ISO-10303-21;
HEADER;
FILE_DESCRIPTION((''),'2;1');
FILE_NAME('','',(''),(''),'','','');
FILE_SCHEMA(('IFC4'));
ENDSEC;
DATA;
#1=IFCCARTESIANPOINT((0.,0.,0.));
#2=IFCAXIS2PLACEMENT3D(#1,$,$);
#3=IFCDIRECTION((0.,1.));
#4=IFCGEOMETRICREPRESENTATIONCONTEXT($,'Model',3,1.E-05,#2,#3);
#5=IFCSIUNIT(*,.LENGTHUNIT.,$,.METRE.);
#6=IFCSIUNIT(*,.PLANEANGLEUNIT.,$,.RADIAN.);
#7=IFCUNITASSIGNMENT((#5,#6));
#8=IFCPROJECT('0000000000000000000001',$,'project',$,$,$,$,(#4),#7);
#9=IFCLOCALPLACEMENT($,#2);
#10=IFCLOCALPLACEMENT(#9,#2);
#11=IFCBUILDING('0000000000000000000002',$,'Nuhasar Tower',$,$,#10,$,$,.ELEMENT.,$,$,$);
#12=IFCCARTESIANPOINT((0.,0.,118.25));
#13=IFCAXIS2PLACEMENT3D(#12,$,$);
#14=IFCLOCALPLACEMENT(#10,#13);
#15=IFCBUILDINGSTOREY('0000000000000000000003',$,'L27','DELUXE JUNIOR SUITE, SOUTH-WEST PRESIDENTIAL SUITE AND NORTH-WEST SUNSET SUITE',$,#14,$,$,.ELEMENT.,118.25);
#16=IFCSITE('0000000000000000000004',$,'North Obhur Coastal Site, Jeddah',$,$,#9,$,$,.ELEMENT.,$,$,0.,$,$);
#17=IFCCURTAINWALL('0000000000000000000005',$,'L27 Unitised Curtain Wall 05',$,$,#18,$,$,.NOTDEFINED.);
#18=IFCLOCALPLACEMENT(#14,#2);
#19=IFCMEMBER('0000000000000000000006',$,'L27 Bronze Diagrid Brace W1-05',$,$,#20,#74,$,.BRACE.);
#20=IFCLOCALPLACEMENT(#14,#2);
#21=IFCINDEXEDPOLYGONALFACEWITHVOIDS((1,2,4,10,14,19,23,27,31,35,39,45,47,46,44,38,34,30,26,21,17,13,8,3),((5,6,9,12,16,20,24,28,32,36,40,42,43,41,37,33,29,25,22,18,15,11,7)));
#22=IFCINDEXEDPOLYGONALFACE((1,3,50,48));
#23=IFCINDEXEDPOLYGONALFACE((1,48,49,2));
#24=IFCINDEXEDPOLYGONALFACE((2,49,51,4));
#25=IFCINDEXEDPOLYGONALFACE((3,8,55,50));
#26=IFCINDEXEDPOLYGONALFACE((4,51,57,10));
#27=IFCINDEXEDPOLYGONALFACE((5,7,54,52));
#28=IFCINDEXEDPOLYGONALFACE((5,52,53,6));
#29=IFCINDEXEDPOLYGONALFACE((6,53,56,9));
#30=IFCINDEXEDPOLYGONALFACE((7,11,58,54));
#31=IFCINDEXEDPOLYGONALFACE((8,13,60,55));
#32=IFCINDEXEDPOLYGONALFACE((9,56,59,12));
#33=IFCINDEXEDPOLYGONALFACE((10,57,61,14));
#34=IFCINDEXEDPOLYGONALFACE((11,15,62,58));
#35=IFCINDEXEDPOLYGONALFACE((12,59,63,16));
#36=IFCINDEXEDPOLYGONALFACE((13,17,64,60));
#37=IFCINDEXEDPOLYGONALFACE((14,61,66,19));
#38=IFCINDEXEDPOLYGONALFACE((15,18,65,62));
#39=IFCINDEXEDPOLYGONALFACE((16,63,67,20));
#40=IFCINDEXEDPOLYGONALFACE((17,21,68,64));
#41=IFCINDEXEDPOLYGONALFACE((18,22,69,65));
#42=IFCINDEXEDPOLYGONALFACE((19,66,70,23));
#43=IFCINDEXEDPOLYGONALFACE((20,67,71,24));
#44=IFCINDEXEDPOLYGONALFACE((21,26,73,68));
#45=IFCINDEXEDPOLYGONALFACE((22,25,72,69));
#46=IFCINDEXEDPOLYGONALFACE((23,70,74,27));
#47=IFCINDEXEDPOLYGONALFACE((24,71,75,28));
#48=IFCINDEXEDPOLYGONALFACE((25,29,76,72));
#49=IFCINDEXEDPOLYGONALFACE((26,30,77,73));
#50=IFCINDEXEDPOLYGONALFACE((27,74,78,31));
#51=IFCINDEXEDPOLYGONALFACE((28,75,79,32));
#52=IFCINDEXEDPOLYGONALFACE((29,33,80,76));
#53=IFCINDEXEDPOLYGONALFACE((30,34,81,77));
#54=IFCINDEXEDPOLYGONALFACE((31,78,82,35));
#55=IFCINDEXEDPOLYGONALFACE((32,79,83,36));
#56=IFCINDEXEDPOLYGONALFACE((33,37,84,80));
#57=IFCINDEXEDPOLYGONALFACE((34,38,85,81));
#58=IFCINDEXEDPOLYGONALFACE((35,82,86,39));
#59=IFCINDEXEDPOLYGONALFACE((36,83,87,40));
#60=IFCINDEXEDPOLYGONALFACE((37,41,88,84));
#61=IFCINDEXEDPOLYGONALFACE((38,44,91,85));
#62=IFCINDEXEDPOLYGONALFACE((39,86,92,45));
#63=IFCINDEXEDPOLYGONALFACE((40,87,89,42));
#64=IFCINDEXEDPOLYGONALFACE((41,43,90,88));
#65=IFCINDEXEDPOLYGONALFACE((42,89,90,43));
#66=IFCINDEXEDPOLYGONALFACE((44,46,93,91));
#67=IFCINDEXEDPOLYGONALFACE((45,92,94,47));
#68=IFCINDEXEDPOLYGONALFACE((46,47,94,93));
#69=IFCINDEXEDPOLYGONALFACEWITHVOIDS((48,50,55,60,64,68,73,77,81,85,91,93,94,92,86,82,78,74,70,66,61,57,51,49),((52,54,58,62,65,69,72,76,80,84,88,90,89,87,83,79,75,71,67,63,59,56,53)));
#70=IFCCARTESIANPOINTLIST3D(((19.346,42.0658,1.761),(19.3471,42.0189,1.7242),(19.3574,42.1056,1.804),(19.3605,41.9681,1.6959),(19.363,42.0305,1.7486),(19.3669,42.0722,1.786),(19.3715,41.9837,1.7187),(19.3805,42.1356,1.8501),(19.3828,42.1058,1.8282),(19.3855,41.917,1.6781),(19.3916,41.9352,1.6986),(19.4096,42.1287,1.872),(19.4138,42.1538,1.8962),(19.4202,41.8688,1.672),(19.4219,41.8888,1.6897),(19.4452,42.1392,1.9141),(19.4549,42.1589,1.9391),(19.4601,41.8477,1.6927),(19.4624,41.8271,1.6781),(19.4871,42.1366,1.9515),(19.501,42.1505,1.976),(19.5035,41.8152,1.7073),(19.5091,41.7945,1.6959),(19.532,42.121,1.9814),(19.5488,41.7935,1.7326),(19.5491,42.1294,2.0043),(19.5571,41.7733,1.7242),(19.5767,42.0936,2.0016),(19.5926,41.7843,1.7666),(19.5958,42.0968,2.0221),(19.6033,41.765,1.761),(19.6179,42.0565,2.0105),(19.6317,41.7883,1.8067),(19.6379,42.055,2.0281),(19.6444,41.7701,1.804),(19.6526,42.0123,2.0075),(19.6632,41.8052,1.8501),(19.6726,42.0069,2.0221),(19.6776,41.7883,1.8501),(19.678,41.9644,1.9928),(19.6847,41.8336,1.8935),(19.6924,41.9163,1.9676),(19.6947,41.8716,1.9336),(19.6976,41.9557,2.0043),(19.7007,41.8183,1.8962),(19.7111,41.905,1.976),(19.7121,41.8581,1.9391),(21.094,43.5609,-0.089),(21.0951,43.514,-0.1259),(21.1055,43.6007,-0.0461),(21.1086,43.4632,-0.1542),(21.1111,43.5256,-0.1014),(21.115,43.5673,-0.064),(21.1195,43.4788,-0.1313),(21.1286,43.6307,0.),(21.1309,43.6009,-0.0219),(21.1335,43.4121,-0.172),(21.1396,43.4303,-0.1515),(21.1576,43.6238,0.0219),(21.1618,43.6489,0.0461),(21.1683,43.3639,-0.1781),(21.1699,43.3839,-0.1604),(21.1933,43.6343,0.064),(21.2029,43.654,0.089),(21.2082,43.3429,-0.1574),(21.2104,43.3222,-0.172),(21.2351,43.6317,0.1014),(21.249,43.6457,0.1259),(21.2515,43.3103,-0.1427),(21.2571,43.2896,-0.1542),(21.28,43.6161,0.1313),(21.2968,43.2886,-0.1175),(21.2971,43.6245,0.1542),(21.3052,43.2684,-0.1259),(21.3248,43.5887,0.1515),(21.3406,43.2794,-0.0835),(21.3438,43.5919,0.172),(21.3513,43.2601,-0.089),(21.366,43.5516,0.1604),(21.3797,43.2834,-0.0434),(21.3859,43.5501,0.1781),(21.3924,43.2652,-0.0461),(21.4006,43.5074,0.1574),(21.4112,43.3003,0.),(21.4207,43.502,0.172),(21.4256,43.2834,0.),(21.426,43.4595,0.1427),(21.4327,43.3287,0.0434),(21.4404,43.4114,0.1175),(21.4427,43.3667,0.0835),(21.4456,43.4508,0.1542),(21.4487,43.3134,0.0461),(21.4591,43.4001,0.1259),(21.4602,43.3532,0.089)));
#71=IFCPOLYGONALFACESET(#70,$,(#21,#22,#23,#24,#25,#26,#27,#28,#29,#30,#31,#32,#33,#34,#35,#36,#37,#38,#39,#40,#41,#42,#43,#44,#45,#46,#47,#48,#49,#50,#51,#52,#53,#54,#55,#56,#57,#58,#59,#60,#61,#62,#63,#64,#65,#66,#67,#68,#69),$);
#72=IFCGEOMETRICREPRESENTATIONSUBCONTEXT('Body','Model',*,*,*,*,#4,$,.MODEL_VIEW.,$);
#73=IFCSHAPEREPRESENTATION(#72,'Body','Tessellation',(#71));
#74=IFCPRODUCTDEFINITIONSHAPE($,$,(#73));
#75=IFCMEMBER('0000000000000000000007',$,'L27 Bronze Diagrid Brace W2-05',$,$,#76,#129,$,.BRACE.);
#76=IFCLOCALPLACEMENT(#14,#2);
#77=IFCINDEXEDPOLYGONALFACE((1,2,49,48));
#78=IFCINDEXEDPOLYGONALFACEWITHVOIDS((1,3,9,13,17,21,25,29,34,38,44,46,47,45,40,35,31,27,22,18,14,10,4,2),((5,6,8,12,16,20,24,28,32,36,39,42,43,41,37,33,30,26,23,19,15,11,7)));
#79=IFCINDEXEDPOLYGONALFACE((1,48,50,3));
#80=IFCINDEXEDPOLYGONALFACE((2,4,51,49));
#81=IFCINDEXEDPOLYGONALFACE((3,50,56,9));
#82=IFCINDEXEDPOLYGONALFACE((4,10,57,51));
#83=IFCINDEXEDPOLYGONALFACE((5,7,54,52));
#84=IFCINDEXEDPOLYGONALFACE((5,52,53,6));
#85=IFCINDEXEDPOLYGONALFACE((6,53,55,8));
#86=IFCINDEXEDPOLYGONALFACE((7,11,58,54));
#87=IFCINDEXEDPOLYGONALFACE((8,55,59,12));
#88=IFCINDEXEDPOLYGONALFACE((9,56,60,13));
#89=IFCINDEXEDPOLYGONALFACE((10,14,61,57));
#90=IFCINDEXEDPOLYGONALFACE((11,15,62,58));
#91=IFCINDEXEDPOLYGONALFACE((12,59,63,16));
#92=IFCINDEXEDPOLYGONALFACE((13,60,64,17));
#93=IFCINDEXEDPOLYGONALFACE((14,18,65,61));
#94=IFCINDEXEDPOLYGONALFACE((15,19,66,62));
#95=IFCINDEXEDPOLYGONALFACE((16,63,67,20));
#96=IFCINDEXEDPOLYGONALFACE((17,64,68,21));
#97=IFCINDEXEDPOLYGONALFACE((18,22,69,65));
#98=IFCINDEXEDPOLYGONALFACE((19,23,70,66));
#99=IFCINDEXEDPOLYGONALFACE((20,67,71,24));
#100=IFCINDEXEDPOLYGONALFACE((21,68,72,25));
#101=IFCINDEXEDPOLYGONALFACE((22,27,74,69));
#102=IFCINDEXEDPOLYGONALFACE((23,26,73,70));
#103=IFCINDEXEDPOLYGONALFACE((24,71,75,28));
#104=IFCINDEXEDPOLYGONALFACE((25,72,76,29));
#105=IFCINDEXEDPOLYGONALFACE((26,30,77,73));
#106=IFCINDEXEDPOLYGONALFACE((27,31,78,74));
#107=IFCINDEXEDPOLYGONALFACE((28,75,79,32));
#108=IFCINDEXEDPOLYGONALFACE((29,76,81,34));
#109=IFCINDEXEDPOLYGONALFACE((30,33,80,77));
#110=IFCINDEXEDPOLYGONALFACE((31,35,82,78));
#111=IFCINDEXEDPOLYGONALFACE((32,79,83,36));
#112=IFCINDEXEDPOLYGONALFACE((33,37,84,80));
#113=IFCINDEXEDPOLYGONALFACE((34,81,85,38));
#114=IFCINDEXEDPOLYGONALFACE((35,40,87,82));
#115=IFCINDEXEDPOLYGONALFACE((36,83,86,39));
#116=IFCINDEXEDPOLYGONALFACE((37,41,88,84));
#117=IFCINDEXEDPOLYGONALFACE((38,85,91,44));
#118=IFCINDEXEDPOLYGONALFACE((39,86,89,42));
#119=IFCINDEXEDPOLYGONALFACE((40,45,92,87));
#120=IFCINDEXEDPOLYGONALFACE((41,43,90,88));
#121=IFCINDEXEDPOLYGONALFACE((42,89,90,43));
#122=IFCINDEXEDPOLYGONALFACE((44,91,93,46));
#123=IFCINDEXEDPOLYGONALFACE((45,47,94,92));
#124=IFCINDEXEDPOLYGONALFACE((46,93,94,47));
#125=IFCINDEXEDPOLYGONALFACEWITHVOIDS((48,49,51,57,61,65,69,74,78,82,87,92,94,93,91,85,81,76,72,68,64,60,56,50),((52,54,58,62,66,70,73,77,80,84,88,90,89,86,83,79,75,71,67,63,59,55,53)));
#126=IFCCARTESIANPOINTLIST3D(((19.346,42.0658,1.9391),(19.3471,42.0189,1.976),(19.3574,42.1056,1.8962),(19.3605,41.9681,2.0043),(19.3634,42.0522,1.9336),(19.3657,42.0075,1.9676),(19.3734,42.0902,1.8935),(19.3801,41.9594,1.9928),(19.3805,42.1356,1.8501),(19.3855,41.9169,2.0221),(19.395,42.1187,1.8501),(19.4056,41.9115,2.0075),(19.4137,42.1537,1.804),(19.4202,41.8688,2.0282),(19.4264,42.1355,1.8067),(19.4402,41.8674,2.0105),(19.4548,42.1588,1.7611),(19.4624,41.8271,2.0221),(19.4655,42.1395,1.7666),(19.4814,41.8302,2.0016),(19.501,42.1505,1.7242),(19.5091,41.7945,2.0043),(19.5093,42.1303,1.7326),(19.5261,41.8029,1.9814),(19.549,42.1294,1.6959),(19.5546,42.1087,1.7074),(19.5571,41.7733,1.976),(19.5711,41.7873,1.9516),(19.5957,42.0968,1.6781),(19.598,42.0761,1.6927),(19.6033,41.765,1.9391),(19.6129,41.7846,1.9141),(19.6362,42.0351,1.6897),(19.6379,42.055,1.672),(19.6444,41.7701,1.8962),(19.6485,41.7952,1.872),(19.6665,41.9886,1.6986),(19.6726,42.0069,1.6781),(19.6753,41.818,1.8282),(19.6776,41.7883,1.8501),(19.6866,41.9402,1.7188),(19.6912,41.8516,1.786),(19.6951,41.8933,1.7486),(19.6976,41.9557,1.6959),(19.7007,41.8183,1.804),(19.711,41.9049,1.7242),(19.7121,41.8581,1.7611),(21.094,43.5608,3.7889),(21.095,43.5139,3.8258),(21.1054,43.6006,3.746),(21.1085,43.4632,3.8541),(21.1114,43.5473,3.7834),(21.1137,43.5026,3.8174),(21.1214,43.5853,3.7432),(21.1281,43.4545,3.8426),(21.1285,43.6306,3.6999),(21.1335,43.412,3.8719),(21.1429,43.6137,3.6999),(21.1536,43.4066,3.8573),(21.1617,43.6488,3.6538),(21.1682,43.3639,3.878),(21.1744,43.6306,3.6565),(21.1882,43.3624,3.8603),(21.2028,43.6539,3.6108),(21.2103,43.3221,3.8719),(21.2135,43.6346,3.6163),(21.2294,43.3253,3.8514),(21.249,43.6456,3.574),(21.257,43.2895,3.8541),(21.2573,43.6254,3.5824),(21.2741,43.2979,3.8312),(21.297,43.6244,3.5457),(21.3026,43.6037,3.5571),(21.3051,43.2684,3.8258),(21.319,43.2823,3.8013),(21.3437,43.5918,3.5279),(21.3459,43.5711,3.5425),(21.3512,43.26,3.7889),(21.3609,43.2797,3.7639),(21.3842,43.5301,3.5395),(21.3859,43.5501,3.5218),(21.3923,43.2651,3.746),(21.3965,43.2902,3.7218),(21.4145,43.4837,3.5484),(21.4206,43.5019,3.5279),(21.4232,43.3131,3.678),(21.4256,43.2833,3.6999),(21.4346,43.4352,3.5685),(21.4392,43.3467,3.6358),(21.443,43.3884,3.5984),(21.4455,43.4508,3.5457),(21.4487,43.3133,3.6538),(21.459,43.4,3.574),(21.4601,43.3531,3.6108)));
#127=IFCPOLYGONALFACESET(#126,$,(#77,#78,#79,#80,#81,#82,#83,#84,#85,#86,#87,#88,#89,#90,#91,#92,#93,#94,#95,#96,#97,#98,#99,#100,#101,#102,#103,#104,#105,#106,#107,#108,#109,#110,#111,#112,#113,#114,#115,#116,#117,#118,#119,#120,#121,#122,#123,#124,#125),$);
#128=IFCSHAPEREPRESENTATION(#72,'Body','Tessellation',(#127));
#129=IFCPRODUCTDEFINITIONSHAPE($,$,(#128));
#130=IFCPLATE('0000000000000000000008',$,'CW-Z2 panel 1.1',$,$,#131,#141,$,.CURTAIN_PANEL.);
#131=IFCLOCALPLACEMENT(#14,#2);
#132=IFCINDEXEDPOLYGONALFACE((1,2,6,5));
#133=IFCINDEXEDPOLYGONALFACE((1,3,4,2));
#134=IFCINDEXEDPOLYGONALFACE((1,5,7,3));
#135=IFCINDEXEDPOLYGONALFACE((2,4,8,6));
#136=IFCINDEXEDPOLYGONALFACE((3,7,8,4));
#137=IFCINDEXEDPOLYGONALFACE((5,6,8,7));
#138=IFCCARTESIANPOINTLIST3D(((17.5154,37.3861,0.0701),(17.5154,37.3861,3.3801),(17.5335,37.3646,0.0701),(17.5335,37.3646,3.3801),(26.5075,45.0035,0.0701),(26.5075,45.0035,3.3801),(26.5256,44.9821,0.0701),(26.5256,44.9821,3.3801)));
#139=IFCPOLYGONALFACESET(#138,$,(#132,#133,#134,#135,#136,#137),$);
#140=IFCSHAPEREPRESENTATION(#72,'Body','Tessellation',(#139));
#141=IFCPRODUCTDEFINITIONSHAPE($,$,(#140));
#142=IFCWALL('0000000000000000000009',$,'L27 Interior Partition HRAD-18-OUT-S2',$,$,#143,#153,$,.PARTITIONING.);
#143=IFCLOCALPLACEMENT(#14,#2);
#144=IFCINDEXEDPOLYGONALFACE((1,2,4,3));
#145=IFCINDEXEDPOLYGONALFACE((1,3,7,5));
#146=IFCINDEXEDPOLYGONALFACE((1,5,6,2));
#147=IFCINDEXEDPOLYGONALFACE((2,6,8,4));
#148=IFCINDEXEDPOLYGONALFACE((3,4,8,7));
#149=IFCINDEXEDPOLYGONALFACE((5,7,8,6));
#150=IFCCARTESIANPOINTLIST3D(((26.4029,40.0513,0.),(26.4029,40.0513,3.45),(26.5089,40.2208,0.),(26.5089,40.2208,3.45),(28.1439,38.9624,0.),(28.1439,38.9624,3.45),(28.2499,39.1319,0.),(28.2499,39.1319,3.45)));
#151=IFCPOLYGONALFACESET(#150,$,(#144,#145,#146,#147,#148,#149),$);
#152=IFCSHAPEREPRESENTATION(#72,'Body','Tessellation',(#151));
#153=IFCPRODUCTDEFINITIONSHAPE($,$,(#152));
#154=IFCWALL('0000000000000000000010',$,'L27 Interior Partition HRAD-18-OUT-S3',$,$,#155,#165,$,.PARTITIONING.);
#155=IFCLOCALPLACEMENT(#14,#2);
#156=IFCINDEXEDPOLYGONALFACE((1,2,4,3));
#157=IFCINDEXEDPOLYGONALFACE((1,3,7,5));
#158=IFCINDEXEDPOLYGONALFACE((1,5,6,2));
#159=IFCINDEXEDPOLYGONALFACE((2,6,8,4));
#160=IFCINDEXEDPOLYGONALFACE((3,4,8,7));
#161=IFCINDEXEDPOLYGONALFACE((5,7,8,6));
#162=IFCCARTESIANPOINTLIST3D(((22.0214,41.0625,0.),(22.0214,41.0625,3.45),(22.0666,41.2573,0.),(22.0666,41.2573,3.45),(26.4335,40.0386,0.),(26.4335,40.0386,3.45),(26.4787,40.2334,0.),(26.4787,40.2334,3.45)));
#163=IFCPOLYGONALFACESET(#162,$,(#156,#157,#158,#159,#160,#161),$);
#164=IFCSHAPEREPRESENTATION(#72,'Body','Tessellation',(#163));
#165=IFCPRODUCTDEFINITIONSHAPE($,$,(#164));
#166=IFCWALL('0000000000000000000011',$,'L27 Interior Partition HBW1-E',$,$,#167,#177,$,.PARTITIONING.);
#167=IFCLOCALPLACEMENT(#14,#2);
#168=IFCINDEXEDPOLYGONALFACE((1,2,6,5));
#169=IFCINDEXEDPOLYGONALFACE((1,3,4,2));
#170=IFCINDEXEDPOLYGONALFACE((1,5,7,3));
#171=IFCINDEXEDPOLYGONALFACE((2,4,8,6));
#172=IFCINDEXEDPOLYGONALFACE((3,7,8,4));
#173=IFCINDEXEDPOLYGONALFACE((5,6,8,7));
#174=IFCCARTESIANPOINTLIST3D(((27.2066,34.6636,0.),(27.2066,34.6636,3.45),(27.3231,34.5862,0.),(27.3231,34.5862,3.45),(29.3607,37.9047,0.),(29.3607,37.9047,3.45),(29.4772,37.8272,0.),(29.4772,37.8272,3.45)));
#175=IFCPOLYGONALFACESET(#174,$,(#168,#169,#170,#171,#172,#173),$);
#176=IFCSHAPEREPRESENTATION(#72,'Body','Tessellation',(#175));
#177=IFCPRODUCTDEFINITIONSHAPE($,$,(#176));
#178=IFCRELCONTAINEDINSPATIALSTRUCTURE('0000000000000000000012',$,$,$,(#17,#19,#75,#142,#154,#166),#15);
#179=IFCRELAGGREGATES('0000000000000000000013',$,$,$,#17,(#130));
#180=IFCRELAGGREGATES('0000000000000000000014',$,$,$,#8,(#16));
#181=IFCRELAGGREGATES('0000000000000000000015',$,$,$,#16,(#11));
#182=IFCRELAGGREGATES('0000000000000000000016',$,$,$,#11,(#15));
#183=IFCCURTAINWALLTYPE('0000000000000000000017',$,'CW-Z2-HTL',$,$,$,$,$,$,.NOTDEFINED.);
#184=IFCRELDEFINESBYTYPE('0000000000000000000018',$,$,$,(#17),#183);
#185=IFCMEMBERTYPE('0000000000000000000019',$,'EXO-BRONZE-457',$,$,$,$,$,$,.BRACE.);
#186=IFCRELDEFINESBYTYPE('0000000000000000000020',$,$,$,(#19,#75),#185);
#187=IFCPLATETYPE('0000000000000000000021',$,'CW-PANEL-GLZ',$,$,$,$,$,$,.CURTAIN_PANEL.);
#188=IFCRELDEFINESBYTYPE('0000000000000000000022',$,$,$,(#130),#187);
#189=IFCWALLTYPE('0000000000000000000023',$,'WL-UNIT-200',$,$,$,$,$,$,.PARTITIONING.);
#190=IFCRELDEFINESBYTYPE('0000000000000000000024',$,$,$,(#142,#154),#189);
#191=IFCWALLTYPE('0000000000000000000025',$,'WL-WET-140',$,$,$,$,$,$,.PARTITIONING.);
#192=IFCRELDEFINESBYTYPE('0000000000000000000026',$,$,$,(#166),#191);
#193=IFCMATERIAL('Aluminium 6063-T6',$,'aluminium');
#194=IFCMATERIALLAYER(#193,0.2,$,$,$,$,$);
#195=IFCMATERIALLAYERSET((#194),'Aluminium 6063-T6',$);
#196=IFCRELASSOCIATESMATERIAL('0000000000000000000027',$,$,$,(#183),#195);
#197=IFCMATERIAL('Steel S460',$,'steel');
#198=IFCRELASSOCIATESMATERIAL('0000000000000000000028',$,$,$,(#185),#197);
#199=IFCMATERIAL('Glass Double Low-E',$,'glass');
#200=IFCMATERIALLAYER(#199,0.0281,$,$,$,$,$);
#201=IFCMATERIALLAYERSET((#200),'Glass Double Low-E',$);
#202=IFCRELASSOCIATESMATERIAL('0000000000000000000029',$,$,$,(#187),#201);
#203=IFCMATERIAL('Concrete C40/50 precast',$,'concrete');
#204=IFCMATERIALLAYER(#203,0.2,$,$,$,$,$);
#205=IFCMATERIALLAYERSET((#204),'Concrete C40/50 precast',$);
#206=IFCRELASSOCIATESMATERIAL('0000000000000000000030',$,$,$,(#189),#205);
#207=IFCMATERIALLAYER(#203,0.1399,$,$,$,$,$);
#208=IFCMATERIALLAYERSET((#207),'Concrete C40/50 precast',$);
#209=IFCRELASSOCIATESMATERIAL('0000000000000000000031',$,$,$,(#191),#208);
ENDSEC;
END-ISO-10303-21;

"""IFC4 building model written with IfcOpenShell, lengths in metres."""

from ifc_helpers import new_model, si_unit, direction, frame, frame_2d, origin, origin_2d, place, context, subcontext, project, spatial, rectangle, hollow_circle, extrude, material, layer, layer_set, material_profile, profile_set, type_object, element, aggregate, save


model = new_model("IFC4")

# Units and contexts
model_context = context("Model", 3, precision=1e-05, world=origin(), true_north=direction((0.0, 1.0)))
body_context = subcontext(model_context, "Body", "Model", "MODEL_VIEW")
ifc_project = project(units=[si_unit("LENGTHUNIT", "METRE"), si_unit("PLANEANGLEUNIT", "RADIAN")], contexts=[model_context])

# Site, building, storey
site_placement = place(None, origin())
site = spatial("IfcSite", under=ifc_project, at=site_placement, Name="North Obhur Coastal Site, Jeddah", CompositionType="ELEMENT", RefElevation=0.0)
building_placement = place(site_placement, origin())
building = spatial("IfcBuilding", under=site, at=building_placement, Name="Nuhasar Tower", CompositionType="ELEMENT")
storey_placement = place(building_placement, frame((0.0, 0.0, 118.25)))
storey = spatial("IfcBuildingStorey", under=building, at=storey_placement, Name="L27", Description="DELUXE JUNIOR SUITE, SOUTH-WEST PRESIDENTIAL SUITE AND NORTH-WEST SUNSET SUITE", CompositionType="ELEMENT", Elevation=118.25)

# Shared definitions
ifc_material_1 = material(Name="Aluminium 6063-T6", Category="aluminium")
ifc_layer_1 = layer(ifc_material_1, 0.2)
ifc_layer_set_1 = layer_set([ifc_layer_1], Name="Aluminium 6063-T6")
curtain_wall_type = type_object("IfcCurtainWallType", Name="CW-Z2-HTL", PredefinedType="NOTDEFINED", material=ifc_layer_set_1)

# Curtain wall
curtain_wall_1_placement = place(storey_placement, origin())
curtain_wall_1 = element("IfcCurtainWall", 1, at=curtain_wall_1_placement, inside=storey, type_object=curtain_wall_type, Name="L27 Unitised Curtain Wall 05", PredefinedType="NOTDEFINED")

# Members
ifc_material_2 = material(Name="Steel S460", Category="steel")
ifc_material_profile_1 = material_profile(ifc_material_2, hollow_circle(Radius=0.2285, WallThickness=0.0222, at=origin_2d()), Name="HSS457X22.2")
ifc_profile_set_1 = profile_set([ifc_material_profile_1], Name="Steel S460")
member_type_1 = type_object("IfcMemberType", Name="EXO-BRONZE-457", PredefinedType="BRACE", material=ifc_profile_set_1)
member_1_placement = place(storey_placement, frame((21.2771, 43.457, 0.0), z_axis=(-0.59217, -0.506488, 0.626741), x_axis=(0.649987, -0.759945, 0.0)))
element("IfcMember", 2, at=member_1_placement, inside=storey, type_object=member_type_1, Name="L27 Bronze Diagrid Brace W1-05", PredefinedType="BRACE", context=body_context, shape_type="SweptSolid", body=[
    extrude(hollow_circle(Radius=0.2285, WallThickness=0.0222, at=origin_2d()), origin(), (0.0, 0.0, 1.0), 2.9519),
])
member_2_placement = place(storey_placement, frame((19.5291, 41.9619, 1.8501), z_axis=(0.592201, 0.506514, 0.626691), x_axis=(-0.649987, 0.759945, 0.0)))
element("IfcMember", 3, at=member_2_placement, inside=storey, type_object=member_type_1, Name="L27 Bronze Diagrid Brace W2-05", PredefinedType="BRACE", context=body_context, shape_type="SweptSolid", body=[
    extrude(hollow_circle(Radius=0.2285, WallThickness=0.0222, at=origin_2d()), origin(), (0.0, 0.0, 1.0), 2.9517),
])

# Plate
ifc_material_3 = material(Name="Glass Double Low-E", Category="glass")
ifc_layer_2 = layer(ifc_material_3, 0.0281)
ifc_layer_set_2 = layer_set([ifc_layer_2], Name="Glass Double Low-E")
plate_type = type_object("IfcPlateType", Name="CW-PANEL-GLZ", PredefinedType="CURTAIN_PANEL", material=ifc_layer_set_2)
plate_placement = place(storey_placement, frame((22.0205, 41.1841, 0.0701), z_axis=(0.0, 0.0, 1.0), x_axis=(-0.76302, -0.646374, 0.0)))
plate = element("IfcPlate", 4, at=plate_placement, type_object=plate_type, Name="CW-Z2 panel 1.1", PredefinedType="CURTAIN_PANEL", context=body_context, shape_type="SweptSolid", body=[
    extrude(rectangle(XDim=11.7849, YDim=0.0281, at=origin_2d()), origin(), (0.0, 0.0, 1.0), 3.3101),
])
aggregate(curtain_wall_1, [plate])

# Walls
ifc_material_4 = material(Name="Concrete C40/50 precast", Category="concrete")
ifc_layer_3 = layer(ifc_material_4, 0.2)
ifc_layer_set_3 = layer_set([ifc_layer_3], Name="Concrete C40/50 precast")
wall_type_1 = type_object("IfcWallType", Name="WL-UNIT-200", PredefinedType="PARTITIONING", material=ifc_layer_set_3)
wall_1_placement = place(storey_placement, frame((28.197, 39.0471, 0.0), z_axis=(0.0, 0.0, 1.0), x_axis=(-0.847831, 0.530266, 0.0)))
element("IfcWall", 5, at=wall_1_placement, inside=storey, type_object=wall_type_1, Name="L27 Interior Partition HRAD-18-OUT-S2", PredefinedType="PARTITIONING", context=body_context, shape_type="SweptSolid", body=[
    extrude(rectangle(XDim=2.0535, YDim=0.2, at=frame_2d((1.0269, 0.0))), origin(), (0.0, 0.0, 1.0), 3.45),
])
wall_2_placement = place(storey_placement, frame((26.4561, 40.136, 0.0), z_axis=(0.0, 0.0, 1.0), x_axis=(-0.974112, 0.226064, 0.0)))
element("IfcWall", 6, at=wall_2_placement, inside=storey, type_object=wall_type_1, Name="L27 Interior Partition HRAD-18-OUT-S3", PredefinedType="PARTITIONING", context=body_context, shape_type="SweptSolid", body=[
    extrude(rectangle(XDim=4.5293, YDim=0.2, at=frame_2d((2.2646, 0.0))), origin(), (0.0, 0.0, 1.0), 3.45),
])
ifc_layer_4 = layer(ifc_material_4, 0.1399)
ifc_layer_set_4 = layer_set([ifc_layer_4], Name="Concrete C40/50 precast")
wall_type_2 = type_object("IfcWallType", Name="WL-WET-140", PredefinedType="PARTITIONING", material=ifc_layer_set_4)
wall_3_placement = place(storey_placement, frame((29.4189, 37.866, 0.0), z_axis=(0.0, 0.0, 1.0), x_axis=(-0.553527, -0.832831, 0.0)))
element("IfcWall", 7, at=wall_3_placement, inside=storey, type_object=wall_type_2, Name="L27 Interior Partition HBW1-E", PredefinedType="PARTITIONING", context=body_context, shape_type="SweptSolid", body=[
    extrude(rectangle(XDim=3.8916, YDim=0.1399, at=frame_2d((1.9458, 0.0))), origin(), (0.0, 0.0, 1.0), 3.45),
])

save(model, "model.ifc")
